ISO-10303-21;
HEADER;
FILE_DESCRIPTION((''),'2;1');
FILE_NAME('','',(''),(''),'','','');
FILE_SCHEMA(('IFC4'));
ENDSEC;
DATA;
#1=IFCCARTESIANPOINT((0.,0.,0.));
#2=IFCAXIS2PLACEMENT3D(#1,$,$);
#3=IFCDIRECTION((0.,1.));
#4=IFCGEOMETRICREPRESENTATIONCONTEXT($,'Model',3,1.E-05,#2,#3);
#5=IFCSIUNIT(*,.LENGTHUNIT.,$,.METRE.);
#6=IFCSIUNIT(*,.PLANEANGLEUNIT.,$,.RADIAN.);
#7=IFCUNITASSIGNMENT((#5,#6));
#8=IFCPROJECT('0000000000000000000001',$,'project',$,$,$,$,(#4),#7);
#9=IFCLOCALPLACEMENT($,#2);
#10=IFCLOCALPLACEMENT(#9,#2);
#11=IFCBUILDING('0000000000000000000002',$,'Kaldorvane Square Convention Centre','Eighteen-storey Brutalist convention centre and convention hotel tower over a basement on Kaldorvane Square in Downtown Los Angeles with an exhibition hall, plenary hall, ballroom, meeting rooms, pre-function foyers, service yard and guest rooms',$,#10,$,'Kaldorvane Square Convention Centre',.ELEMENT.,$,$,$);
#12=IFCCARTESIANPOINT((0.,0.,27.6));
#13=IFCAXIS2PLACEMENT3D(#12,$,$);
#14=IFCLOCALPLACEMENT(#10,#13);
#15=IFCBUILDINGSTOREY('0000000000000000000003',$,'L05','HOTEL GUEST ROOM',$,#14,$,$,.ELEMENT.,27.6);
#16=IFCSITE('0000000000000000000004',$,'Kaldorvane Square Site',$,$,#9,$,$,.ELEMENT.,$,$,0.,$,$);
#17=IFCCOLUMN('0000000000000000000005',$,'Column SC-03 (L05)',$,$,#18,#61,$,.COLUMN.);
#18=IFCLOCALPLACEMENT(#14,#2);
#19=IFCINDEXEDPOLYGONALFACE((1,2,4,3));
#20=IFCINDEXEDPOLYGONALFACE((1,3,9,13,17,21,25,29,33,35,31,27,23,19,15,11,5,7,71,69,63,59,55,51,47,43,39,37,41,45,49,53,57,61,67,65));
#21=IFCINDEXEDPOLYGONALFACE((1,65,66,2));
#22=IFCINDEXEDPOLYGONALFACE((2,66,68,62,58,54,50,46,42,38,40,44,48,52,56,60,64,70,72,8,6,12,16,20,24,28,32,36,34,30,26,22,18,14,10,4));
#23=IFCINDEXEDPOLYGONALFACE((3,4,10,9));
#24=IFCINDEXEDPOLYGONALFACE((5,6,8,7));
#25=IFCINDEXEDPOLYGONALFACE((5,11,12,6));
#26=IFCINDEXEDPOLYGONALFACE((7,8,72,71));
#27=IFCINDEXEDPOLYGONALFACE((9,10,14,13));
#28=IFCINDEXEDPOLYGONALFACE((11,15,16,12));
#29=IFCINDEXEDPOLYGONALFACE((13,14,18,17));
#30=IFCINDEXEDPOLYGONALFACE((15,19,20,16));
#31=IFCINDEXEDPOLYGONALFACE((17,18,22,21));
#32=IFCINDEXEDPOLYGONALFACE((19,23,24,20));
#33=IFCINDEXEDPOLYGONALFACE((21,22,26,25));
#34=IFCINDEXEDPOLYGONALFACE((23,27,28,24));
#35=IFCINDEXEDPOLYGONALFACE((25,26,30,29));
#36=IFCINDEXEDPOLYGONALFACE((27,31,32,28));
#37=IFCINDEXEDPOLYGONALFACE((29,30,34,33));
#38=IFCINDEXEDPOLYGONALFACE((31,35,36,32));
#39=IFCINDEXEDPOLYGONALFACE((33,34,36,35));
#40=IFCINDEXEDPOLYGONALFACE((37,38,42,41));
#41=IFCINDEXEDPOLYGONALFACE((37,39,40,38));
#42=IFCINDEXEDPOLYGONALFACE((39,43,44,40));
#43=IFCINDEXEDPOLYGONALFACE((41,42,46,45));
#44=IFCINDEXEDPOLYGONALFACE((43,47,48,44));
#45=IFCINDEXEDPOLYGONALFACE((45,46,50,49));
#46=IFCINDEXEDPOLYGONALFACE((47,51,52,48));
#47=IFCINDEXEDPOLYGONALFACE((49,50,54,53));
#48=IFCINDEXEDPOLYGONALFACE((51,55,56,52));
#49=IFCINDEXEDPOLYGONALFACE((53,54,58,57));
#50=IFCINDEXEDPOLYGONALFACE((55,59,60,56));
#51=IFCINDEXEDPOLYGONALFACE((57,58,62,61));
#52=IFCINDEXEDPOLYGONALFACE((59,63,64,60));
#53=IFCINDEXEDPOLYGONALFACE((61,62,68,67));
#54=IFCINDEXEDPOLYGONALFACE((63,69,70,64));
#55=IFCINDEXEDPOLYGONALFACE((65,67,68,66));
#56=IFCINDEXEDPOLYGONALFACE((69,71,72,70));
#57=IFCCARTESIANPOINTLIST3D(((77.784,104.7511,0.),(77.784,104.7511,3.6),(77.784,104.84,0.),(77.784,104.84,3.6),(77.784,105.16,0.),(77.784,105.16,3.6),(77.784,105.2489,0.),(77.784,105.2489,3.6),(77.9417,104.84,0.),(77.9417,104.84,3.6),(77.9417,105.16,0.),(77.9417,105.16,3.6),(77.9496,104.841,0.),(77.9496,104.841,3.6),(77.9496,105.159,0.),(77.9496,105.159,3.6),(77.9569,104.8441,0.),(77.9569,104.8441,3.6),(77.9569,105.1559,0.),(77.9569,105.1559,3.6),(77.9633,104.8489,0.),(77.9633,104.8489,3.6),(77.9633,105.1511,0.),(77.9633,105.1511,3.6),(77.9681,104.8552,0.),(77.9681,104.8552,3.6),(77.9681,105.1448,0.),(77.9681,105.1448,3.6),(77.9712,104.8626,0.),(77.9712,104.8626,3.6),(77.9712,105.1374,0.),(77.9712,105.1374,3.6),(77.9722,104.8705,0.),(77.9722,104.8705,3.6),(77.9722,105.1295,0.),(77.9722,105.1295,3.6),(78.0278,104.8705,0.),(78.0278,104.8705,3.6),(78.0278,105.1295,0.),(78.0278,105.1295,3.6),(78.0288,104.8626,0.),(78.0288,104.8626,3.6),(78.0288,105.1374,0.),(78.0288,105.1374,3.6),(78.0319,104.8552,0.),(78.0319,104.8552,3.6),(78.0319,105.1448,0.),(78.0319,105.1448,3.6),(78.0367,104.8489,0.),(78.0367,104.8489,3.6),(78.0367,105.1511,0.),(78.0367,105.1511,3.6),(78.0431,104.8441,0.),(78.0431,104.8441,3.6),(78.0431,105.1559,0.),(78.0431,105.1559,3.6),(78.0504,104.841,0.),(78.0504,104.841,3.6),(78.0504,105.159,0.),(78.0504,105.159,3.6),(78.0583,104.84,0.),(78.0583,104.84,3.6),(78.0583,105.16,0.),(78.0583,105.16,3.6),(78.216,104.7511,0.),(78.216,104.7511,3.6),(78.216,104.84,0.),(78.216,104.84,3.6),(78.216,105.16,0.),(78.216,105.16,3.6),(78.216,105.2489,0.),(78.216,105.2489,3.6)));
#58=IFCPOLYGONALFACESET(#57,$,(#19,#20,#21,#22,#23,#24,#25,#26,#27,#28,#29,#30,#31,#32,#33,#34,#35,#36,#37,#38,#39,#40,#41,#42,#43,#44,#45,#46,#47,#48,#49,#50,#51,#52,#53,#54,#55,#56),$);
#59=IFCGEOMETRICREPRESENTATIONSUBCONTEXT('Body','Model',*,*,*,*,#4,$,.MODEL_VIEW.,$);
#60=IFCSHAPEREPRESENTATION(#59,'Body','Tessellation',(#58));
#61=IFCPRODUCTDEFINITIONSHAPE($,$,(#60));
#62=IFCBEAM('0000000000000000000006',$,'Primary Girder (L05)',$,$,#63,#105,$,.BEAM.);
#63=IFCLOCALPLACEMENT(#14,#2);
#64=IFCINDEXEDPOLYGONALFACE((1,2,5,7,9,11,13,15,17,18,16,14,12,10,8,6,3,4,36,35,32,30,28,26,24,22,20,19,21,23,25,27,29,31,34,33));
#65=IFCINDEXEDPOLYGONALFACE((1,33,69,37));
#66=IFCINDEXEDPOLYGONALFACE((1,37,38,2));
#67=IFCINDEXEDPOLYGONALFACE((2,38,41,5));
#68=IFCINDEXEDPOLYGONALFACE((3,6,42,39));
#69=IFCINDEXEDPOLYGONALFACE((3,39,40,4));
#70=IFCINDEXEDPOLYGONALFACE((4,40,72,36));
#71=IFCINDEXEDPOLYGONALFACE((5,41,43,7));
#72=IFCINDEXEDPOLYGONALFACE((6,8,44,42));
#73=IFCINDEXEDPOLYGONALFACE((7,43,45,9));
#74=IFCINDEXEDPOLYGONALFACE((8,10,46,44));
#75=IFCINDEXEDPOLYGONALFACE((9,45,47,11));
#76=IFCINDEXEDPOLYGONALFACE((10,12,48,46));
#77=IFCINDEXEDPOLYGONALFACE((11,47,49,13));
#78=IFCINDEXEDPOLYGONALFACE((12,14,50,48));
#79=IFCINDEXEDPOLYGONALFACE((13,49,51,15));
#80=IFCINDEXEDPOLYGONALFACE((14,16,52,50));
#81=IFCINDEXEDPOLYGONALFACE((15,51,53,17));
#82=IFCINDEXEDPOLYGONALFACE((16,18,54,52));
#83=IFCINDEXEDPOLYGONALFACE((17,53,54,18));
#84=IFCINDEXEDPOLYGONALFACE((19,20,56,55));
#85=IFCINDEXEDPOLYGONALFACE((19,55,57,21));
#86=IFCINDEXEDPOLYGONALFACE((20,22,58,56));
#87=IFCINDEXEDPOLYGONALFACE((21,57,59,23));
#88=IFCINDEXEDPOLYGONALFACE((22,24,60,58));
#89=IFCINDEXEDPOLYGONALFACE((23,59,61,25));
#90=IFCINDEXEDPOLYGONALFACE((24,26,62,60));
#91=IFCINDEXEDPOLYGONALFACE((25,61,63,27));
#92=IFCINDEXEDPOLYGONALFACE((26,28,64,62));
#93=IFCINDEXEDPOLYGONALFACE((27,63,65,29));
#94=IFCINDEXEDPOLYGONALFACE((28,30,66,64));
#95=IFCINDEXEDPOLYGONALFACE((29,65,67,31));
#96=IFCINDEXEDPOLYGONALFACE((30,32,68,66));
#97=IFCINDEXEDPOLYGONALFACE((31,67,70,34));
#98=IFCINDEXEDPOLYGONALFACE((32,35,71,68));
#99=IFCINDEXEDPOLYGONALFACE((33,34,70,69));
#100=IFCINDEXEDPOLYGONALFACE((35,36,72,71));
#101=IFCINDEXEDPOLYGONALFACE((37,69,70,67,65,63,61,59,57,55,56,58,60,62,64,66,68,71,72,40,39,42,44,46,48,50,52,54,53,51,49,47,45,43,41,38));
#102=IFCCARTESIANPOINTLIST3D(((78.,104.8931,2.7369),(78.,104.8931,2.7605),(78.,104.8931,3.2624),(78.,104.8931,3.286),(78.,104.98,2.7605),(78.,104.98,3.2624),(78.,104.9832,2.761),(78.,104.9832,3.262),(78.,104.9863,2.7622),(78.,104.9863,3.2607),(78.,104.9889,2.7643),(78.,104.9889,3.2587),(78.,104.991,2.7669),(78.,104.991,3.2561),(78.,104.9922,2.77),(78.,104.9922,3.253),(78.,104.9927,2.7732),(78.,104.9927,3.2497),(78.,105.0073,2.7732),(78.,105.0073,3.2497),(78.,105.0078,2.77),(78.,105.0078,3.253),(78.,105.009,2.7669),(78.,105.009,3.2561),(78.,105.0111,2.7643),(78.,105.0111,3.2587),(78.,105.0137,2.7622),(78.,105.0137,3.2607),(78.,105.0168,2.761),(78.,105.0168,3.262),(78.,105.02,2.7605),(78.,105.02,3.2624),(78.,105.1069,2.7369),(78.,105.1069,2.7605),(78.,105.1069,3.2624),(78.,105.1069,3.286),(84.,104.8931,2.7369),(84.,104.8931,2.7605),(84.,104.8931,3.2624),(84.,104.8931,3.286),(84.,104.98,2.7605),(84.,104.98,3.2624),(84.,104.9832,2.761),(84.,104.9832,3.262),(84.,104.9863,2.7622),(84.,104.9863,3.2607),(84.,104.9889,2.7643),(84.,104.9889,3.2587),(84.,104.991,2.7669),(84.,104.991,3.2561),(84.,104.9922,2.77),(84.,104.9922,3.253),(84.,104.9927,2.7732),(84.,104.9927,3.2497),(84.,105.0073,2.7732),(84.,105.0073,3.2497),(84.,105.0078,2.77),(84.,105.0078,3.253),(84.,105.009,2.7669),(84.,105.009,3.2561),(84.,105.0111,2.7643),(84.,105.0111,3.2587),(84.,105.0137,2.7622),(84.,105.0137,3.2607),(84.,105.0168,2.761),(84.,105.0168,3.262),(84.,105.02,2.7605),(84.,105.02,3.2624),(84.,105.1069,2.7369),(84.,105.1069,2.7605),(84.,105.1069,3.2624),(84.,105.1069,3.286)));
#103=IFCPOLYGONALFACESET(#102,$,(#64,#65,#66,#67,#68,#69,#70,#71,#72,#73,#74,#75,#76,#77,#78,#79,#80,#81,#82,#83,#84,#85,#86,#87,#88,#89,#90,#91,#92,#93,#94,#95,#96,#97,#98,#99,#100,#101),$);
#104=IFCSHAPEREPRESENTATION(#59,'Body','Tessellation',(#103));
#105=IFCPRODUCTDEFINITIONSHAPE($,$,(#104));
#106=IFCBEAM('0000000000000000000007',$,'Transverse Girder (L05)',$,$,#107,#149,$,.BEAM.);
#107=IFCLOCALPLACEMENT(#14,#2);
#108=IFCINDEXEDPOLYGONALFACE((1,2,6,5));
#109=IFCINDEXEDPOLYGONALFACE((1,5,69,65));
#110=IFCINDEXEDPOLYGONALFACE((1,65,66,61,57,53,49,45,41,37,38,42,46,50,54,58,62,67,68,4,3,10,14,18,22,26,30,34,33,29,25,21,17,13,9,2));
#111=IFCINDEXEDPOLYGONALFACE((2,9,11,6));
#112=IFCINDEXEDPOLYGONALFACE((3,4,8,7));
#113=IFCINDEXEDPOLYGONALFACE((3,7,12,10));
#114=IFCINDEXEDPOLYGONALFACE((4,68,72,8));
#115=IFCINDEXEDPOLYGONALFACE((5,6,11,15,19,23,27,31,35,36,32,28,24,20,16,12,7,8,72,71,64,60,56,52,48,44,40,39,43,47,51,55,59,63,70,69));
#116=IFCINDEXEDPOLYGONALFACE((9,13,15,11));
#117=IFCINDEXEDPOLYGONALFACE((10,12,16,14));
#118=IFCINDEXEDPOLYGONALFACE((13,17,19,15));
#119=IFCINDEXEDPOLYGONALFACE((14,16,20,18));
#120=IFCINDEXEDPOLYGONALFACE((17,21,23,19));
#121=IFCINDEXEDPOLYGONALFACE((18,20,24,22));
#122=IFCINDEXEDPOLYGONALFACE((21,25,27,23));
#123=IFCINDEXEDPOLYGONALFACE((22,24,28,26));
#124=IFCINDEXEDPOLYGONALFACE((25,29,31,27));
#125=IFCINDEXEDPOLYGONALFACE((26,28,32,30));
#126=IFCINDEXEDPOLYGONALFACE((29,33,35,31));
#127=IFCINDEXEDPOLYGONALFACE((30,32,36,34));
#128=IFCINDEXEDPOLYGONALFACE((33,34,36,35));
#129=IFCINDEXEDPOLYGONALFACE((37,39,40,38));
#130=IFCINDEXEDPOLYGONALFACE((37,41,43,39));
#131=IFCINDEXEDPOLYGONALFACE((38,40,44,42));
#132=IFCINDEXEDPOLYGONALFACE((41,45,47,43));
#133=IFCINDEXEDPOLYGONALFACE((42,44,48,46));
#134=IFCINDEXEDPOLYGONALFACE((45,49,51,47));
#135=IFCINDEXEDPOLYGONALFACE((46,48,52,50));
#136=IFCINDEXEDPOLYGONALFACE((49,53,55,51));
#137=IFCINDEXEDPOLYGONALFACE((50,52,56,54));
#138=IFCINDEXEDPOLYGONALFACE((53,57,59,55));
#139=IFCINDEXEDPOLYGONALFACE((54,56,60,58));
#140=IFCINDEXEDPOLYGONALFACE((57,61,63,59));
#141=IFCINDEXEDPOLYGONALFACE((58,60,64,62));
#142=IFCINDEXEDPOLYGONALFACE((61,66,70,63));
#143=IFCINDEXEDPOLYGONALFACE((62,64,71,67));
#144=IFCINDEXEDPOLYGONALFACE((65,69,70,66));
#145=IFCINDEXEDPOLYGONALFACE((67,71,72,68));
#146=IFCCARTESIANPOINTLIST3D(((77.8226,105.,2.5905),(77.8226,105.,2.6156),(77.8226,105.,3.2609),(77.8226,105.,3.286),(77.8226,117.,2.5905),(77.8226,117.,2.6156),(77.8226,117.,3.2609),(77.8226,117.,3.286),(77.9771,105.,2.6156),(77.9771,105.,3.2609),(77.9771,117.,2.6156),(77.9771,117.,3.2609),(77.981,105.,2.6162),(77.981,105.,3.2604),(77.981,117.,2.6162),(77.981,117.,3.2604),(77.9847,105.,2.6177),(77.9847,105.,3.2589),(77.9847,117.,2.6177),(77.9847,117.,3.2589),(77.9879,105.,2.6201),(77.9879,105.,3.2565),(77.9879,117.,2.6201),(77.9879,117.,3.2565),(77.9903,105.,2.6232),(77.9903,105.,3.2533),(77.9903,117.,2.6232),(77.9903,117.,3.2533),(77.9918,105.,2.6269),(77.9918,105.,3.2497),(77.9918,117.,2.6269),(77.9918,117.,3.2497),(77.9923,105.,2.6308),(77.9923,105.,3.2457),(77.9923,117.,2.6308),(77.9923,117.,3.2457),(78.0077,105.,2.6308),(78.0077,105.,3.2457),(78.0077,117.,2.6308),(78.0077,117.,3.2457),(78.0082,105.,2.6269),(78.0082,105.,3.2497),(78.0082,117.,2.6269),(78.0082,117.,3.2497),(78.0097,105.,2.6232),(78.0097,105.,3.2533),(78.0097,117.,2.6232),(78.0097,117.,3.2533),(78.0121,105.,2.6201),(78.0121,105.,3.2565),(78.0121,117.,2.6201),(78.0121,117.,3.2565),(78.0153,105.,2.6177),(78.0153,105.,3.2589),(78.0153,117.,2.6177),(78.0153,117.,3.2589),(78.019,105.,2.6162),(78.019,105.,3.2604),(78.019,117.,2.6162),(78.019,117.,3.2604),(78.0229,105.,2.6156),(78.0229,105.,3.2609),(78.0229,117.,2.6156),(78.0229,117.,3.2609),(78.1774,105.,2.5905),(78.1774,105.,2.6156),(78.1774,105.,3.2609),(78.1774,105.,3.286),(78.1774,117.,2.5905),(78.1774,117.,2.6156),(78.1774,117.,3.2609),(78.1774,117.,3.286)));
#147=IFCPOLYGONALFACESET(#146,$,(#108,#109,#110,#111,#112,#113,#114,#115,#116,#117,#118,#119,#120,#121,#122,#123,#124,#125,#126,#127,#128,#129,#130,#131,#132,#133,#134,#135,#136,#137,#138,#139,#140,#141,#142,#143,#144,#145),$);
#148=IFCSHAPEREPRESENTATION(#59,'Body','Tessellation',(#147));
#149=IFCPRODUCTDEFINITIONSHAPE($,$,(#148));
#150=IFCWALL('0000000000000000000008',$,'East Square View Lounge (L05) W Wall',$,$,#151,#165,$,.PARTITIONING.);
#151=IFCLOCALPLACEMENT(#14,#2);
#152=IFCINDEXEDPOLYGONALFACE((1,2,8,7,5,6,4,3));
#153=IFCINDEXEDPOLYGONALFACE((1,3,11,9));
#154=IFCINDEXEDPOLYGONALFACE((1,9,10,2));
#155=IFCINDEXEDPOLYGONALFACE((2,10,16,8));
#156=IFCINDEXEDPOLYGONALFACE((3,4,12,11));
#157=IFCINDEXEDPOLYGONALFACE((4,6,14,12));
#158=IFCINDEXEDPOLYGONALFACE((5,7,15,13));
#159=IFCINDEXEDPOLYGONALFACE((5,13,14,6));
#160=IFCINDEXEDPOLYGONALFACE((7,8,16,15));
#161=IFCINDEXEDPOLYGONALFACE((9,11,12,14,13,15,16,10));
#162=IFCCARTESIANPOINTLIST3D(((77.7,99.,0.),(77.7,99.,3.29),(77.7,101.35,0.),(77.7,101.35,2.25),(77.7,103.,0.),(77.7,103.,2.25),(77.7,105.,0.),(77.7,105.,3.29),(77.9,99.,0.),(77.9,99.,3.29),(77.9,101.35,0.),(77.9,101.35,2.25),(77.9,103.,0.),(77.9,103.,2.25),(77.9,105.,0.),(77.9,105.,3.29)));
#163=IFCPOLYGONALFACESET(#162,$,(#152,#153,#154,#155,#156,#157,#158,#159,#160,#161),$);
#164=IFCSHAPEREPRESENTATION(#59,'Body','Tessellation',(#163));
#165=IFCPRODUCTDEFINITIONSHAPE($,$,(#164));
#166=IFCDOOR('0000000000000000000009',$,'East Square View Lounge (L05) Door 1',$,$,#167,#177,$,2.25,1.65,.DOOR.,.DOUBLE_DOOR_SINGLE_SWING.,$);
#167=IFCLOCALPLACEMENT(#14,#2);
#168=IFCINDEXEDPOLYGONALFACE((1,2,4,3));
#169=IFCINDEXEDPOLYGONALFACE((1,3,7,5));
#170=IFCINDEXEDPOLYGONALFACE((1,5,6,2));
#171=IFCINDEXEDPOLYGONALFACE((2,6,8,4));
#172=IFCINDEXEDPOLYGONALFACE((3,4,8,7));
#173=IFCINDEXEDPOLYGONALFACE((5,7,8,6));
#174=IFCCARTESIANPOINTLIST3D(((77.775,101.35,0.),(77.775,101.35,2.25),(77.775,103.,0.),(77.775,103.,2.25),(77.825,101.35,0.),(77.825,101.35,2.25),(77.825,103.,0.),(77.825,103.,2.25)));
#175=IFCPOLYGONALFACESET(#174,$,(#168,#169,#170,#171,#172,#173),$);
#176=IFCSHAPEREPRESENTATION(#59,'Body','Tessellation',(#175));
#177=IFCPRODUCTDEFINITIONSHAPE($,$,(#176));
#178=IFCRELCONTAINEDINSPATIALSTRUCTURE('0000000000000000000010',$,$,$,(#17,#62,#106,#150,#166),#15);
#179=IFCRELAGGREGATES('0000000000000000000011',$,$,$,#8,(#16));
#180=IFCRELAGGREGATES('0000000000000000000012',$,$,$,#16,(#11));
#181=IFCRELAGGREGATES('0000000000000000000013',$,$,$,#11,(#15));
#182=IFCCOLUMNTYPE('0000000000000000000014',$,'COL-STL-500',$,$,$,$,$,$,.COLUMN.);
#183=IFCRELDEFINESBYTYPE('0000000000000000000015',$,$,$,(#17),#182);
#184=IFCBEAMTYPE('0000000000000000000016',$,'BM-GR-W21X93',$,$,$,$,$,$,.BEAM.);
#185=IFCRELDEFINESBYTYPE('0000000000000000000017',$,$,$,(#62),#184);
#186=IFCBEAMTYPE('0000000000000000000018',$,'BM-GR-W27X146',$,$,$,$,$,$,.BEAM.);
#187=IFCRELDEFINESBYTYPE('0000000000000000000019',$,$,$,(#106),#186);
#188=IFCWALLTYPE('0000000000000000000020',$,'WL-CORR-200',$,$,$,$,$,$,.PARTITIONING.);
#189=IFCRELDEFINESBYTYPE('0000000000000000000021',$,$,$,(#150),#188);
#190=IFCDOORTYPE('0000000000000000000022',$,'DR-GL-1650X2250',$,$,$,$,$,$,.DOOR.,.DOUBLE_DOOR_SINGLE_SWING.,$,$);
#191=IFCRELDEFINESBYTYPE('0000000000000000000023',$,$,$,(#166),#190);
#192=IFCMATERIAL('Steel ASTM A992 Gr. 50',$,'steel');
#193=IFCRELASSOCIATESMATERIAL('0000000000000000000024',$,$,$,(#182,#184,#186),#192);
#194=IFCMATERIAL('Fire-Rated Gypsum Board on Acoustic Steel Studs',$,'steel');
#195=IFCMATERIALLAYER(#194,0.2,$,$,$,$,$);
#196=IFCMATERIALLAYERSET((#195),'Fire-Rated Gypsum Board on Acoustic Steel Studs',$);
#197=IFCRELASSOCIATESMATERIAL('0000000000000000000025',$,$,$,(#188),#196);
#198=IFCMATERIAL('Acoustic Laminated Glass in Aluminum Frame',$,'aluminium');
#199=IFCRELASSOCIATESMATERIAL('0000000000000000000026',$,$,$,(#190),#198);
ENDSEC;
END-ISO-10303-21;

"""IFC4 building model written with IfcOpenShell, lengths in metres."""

from ifc_helpers import new_model, si_unit, direction, frame, frame_2d, origin, origin_2d, place, context, subcontext, project, spatial, rectangle, i_section, extrude, material, layer, layer_set, material_profile, profile_set, type_object, element, fill, save


model = new_model("IFC4")

# Units and contexts
model_context = context("Model", 3, precision=1e-05, world=origin(), true_north=direction((0.0, 1.0)))
body_context = subcontext(model_context, "Body", "Model", "MODEL_VIEW")
ifc_project = project(units=[si_unit("LENGTHUNIT", "METRE"), si_unit("PLANEANGLEUNIT", "RADIAN")], contexts=[model_context])

# Site, building, storey
site_placement = place(None, origin())
site = spatial("IfcSite", under=ifc_project, at=site_placement, Name="Kaldorvane Square Site", CompositionType="ELEMENT", RefElevation=0.0)
building_placement = place(site_placement, origin())
building = spatial("IfcBuilding", under=site, at=building_placement, Name="Kaldorvane Square Convention Centre", Description="Eighteen-storey Brutalist convention centre and convention hotel tower over a basement on Kaldorvane Square in Downtown Los Angeles with an exhibition hall, plenary hall, ballroom, meeting rooms, pre-function foyers, service yard and guest rooms", LongName="Kaldorvane Square Convention Centre", CompositionType="ELEMENT")
storey_placement = place(building_placement, frame((0.0, 0.0, 27.6)))
storey = spatial("IfcBuildingStorey", under=building, at=storey_placement, Name="L05", Description="HOTEL GUEST ROOM", CompositionType="ELEMENT", Elevation=27.6)

# Column
ifc_material_1 = material(Name="Steel ASTM A992 Gr. 50", Category="steel")
ifc_material_profile_1 = material_profile(ifc_material_1, i_section(OverallWidth=0.4321, OverallDepth=0.4978, WebThickness=0.0556, FlangeThickness=0.0889, FilletRadius=0.0305, at=origin_2d()), Name="W14X500")
ifc_profile_set_1 = profile_set([ifc_material_profile_1], Name="Steel ASTM A992 Gr. 50")
column_type = type_object("IfcColumnType", Name="COL-STL-500", PredefinedType="COLUMN", material=ifc_profile_set_1)
column_placement = place(storey_placement, frame((78.0, 105.0, 0.0), z_axis=(0.0, 0.0, 1.0), x_axis=(1.0, 0.0, 0.0)))
element("IfcColumn", 1, at=column_placement, inside=storey, type_object=column_type, Name="Column SC-03 (L05)", PredefinedType="COLUMN", context=body_context, shape_type="SweptSolid", body=[
    extrude(i_section(OverallWidth=0.4321, OverallDepth=0.4978, WebThickness=0.0556, FlangeThickness=0.0889, FilletRadius=0.0305, at=origin_2d()), origin(), (0.0, 0.0, 1.0), 3.6),
])

# Beams
ifc_material_profile_2 = material_profile(ifc_material_1, i_section(OverallWidth=0.2139, OverallDepth=0.5491, WebThickness=0.0147, FlangeThickness=0.0236, FilletRadius=0.0127, at=origin_2d()), Name="W21X93")
ifc_profile_set_2 = profile_set([ifc_material_profile_2], Name="Steel ASTM A992 Gr. 50")
beam_type_1 = type_object("IfcBeamType", Name="BM-GR-W21X93", PredefinedType="BEAM", material=ifc_profile_set_2)
beam_1_placement = place(storey_placement, frame((78.0, 105.0, 3.0115), z_axis=(1.0, 0.0, 0.0), x_axis=(0.0, 1.0, 0.0)))
element("IfcBeam", 2, at=beam_1_placement, inside=storey, type_object=beam_type_1, Name="Primary Girder (L05)", PredefinedType="BEAM", context=body_context, shape_type="SweptSolid", body=[
    extrude(i_section(OverallWidth=0.2139, OverallDepth=0.5491, WebThickness=0.0147, FlangeThickness=0.0236, FilletRadius=0.0127, at=origin_2d()), origin(), (0.0, 0.0, 1.0), 6.0),
])
ifc_material_profile_3 = material_profile(ifc_material_1, i_section(OverallWidth=0.3547, OverallDepth=0.6955, WebThickness=0.0154, FlangeThickness=0.0251, FilletRadius=0.0152, at=origin_2d()), Name="W27X146")
ifc_profile_set_3 = profile_set([ifc_material_profile_3], Name="Steel ASTM A992 Gr. 50")
beam_type_2 = type_object("IfcBeamType", Name="BM-GR-W27X146", PredefinedType="BEAM", material=ifc_profile_set_3)
beam_2_placement = place(storey_placement, frame((78.0, 105.0, 2.9383), z_axis=(0.0, 1.0, 0.0), x_axis=(-1.0, 0.0, 0.0)))
element("IfcBeam", 3, at=beam_2_placement, inside=storey, type_object=beam_type_2, Name="Transverse Girder (L05)", PredefinedType="BEAM", context=body_context, shape_type="SweptSolid", body=[
    extrude(i_section(OverallWidth=0.3547, OverallDepth=0.6955, WebThickness=0.0154, FlangeThickness=0.0251, FilletRadius=0.0152, at=origin_2d()), origin(), (0.0, 0.0, 1.0), 12.0),
])

# Wall, opening, door
ifc_material_2 = material(Name="Fire-Rated Gypsum Board on Acoustic Steel Studs", Category="steel")
ifc_layer_1 = layer(ifc_material_2, 0.2)
ifc_layer_set_1 = layer_set([ifc_layer_1], Name="Fire-Rated Gypsum Board on Acoustic Steel Studs")
wall_type_1 = type_object("IfcWallType", Name="WL-CORR-200", PredefinedType="PARTITIONING", material=ifc_layer_set_1)
wall_1_placement = place(storey_placement, frame((77.8, 105.0, 0.0), z_axis=(0.0, 0.0, 1.0), x_axis=(0.0, -1.0, 0.0)))
wall_1 = element("IfcWall", 4, at=wall_1_placement, inside=storey, type_object=wall_type_1, Name="East Square View Lounge (L05) W Wall", PredefinedType="PARTITIONING", context=body_context, shape_type="SweptSolid", body=[
    extrude(rectangle(XDim=6.0, YDim=0.2, at=frame_2d((3.0, 0.0))), origin(), (0.0, 0.0, 1.0), 3.29),
])
opening_placement = place(wall_1_placement, frame((2.0, 0.0, 0.0)))
opening = element("IfcOpeningElement", 5, at=opening_placement, cuts=wall_1, PredefinedType="OPENING", context=body_context, shape_type="SweptSolid", body=[
    extrude(rectangle(XDim=1.65, YDim=2.25, at=frame_2d((0.825, 1.125))), frame((0.0, 0.115, 0.0), z_axis=(0.0, -1.0, 0.0), x_axis=(1.0, 0.0, 0.0)), (0.0, 0.0, 1.0), 0.23),
])
ifc_material_3 = material(Name="Acoustic Laminated Glass in Aluminum Frame", Category="aluminium")
door_type = type_object("IfcDoorType", Name="DR-GL-1650X2250", OperationType="DOUBLE_DOOR_SINGLE_SWING", PredefinedType="DOOR", material=ifc_material_3)
door_placement = place(opening_placement, origin())
door = element("IfcDoor", 6, at=door_placement, inside=storey, type_object=door_type, Name="East Square View Lounge (L05) Door 1", OperationType="DOUBLE_DOOR_SINGLE_SWING", OverallHeight=2.25, OverallWidth=1.65, PredefinedType="DOOR", context=body_context, shape_type="SweptSolid", body=[
    extrude(rectangle(XDim=1.65, YDim=2.25, at=frame_2d((0.825, 1.125))), frame((0.0, 0.025, 0.0), z_axis=(0.0, -1.0, 0.0), x_axis=(1.0, 0.0, 0.0)), (0.0, 0.0, 1.0), 0.05),
])
fill(opening, door)

save(model, "model.ifc")
